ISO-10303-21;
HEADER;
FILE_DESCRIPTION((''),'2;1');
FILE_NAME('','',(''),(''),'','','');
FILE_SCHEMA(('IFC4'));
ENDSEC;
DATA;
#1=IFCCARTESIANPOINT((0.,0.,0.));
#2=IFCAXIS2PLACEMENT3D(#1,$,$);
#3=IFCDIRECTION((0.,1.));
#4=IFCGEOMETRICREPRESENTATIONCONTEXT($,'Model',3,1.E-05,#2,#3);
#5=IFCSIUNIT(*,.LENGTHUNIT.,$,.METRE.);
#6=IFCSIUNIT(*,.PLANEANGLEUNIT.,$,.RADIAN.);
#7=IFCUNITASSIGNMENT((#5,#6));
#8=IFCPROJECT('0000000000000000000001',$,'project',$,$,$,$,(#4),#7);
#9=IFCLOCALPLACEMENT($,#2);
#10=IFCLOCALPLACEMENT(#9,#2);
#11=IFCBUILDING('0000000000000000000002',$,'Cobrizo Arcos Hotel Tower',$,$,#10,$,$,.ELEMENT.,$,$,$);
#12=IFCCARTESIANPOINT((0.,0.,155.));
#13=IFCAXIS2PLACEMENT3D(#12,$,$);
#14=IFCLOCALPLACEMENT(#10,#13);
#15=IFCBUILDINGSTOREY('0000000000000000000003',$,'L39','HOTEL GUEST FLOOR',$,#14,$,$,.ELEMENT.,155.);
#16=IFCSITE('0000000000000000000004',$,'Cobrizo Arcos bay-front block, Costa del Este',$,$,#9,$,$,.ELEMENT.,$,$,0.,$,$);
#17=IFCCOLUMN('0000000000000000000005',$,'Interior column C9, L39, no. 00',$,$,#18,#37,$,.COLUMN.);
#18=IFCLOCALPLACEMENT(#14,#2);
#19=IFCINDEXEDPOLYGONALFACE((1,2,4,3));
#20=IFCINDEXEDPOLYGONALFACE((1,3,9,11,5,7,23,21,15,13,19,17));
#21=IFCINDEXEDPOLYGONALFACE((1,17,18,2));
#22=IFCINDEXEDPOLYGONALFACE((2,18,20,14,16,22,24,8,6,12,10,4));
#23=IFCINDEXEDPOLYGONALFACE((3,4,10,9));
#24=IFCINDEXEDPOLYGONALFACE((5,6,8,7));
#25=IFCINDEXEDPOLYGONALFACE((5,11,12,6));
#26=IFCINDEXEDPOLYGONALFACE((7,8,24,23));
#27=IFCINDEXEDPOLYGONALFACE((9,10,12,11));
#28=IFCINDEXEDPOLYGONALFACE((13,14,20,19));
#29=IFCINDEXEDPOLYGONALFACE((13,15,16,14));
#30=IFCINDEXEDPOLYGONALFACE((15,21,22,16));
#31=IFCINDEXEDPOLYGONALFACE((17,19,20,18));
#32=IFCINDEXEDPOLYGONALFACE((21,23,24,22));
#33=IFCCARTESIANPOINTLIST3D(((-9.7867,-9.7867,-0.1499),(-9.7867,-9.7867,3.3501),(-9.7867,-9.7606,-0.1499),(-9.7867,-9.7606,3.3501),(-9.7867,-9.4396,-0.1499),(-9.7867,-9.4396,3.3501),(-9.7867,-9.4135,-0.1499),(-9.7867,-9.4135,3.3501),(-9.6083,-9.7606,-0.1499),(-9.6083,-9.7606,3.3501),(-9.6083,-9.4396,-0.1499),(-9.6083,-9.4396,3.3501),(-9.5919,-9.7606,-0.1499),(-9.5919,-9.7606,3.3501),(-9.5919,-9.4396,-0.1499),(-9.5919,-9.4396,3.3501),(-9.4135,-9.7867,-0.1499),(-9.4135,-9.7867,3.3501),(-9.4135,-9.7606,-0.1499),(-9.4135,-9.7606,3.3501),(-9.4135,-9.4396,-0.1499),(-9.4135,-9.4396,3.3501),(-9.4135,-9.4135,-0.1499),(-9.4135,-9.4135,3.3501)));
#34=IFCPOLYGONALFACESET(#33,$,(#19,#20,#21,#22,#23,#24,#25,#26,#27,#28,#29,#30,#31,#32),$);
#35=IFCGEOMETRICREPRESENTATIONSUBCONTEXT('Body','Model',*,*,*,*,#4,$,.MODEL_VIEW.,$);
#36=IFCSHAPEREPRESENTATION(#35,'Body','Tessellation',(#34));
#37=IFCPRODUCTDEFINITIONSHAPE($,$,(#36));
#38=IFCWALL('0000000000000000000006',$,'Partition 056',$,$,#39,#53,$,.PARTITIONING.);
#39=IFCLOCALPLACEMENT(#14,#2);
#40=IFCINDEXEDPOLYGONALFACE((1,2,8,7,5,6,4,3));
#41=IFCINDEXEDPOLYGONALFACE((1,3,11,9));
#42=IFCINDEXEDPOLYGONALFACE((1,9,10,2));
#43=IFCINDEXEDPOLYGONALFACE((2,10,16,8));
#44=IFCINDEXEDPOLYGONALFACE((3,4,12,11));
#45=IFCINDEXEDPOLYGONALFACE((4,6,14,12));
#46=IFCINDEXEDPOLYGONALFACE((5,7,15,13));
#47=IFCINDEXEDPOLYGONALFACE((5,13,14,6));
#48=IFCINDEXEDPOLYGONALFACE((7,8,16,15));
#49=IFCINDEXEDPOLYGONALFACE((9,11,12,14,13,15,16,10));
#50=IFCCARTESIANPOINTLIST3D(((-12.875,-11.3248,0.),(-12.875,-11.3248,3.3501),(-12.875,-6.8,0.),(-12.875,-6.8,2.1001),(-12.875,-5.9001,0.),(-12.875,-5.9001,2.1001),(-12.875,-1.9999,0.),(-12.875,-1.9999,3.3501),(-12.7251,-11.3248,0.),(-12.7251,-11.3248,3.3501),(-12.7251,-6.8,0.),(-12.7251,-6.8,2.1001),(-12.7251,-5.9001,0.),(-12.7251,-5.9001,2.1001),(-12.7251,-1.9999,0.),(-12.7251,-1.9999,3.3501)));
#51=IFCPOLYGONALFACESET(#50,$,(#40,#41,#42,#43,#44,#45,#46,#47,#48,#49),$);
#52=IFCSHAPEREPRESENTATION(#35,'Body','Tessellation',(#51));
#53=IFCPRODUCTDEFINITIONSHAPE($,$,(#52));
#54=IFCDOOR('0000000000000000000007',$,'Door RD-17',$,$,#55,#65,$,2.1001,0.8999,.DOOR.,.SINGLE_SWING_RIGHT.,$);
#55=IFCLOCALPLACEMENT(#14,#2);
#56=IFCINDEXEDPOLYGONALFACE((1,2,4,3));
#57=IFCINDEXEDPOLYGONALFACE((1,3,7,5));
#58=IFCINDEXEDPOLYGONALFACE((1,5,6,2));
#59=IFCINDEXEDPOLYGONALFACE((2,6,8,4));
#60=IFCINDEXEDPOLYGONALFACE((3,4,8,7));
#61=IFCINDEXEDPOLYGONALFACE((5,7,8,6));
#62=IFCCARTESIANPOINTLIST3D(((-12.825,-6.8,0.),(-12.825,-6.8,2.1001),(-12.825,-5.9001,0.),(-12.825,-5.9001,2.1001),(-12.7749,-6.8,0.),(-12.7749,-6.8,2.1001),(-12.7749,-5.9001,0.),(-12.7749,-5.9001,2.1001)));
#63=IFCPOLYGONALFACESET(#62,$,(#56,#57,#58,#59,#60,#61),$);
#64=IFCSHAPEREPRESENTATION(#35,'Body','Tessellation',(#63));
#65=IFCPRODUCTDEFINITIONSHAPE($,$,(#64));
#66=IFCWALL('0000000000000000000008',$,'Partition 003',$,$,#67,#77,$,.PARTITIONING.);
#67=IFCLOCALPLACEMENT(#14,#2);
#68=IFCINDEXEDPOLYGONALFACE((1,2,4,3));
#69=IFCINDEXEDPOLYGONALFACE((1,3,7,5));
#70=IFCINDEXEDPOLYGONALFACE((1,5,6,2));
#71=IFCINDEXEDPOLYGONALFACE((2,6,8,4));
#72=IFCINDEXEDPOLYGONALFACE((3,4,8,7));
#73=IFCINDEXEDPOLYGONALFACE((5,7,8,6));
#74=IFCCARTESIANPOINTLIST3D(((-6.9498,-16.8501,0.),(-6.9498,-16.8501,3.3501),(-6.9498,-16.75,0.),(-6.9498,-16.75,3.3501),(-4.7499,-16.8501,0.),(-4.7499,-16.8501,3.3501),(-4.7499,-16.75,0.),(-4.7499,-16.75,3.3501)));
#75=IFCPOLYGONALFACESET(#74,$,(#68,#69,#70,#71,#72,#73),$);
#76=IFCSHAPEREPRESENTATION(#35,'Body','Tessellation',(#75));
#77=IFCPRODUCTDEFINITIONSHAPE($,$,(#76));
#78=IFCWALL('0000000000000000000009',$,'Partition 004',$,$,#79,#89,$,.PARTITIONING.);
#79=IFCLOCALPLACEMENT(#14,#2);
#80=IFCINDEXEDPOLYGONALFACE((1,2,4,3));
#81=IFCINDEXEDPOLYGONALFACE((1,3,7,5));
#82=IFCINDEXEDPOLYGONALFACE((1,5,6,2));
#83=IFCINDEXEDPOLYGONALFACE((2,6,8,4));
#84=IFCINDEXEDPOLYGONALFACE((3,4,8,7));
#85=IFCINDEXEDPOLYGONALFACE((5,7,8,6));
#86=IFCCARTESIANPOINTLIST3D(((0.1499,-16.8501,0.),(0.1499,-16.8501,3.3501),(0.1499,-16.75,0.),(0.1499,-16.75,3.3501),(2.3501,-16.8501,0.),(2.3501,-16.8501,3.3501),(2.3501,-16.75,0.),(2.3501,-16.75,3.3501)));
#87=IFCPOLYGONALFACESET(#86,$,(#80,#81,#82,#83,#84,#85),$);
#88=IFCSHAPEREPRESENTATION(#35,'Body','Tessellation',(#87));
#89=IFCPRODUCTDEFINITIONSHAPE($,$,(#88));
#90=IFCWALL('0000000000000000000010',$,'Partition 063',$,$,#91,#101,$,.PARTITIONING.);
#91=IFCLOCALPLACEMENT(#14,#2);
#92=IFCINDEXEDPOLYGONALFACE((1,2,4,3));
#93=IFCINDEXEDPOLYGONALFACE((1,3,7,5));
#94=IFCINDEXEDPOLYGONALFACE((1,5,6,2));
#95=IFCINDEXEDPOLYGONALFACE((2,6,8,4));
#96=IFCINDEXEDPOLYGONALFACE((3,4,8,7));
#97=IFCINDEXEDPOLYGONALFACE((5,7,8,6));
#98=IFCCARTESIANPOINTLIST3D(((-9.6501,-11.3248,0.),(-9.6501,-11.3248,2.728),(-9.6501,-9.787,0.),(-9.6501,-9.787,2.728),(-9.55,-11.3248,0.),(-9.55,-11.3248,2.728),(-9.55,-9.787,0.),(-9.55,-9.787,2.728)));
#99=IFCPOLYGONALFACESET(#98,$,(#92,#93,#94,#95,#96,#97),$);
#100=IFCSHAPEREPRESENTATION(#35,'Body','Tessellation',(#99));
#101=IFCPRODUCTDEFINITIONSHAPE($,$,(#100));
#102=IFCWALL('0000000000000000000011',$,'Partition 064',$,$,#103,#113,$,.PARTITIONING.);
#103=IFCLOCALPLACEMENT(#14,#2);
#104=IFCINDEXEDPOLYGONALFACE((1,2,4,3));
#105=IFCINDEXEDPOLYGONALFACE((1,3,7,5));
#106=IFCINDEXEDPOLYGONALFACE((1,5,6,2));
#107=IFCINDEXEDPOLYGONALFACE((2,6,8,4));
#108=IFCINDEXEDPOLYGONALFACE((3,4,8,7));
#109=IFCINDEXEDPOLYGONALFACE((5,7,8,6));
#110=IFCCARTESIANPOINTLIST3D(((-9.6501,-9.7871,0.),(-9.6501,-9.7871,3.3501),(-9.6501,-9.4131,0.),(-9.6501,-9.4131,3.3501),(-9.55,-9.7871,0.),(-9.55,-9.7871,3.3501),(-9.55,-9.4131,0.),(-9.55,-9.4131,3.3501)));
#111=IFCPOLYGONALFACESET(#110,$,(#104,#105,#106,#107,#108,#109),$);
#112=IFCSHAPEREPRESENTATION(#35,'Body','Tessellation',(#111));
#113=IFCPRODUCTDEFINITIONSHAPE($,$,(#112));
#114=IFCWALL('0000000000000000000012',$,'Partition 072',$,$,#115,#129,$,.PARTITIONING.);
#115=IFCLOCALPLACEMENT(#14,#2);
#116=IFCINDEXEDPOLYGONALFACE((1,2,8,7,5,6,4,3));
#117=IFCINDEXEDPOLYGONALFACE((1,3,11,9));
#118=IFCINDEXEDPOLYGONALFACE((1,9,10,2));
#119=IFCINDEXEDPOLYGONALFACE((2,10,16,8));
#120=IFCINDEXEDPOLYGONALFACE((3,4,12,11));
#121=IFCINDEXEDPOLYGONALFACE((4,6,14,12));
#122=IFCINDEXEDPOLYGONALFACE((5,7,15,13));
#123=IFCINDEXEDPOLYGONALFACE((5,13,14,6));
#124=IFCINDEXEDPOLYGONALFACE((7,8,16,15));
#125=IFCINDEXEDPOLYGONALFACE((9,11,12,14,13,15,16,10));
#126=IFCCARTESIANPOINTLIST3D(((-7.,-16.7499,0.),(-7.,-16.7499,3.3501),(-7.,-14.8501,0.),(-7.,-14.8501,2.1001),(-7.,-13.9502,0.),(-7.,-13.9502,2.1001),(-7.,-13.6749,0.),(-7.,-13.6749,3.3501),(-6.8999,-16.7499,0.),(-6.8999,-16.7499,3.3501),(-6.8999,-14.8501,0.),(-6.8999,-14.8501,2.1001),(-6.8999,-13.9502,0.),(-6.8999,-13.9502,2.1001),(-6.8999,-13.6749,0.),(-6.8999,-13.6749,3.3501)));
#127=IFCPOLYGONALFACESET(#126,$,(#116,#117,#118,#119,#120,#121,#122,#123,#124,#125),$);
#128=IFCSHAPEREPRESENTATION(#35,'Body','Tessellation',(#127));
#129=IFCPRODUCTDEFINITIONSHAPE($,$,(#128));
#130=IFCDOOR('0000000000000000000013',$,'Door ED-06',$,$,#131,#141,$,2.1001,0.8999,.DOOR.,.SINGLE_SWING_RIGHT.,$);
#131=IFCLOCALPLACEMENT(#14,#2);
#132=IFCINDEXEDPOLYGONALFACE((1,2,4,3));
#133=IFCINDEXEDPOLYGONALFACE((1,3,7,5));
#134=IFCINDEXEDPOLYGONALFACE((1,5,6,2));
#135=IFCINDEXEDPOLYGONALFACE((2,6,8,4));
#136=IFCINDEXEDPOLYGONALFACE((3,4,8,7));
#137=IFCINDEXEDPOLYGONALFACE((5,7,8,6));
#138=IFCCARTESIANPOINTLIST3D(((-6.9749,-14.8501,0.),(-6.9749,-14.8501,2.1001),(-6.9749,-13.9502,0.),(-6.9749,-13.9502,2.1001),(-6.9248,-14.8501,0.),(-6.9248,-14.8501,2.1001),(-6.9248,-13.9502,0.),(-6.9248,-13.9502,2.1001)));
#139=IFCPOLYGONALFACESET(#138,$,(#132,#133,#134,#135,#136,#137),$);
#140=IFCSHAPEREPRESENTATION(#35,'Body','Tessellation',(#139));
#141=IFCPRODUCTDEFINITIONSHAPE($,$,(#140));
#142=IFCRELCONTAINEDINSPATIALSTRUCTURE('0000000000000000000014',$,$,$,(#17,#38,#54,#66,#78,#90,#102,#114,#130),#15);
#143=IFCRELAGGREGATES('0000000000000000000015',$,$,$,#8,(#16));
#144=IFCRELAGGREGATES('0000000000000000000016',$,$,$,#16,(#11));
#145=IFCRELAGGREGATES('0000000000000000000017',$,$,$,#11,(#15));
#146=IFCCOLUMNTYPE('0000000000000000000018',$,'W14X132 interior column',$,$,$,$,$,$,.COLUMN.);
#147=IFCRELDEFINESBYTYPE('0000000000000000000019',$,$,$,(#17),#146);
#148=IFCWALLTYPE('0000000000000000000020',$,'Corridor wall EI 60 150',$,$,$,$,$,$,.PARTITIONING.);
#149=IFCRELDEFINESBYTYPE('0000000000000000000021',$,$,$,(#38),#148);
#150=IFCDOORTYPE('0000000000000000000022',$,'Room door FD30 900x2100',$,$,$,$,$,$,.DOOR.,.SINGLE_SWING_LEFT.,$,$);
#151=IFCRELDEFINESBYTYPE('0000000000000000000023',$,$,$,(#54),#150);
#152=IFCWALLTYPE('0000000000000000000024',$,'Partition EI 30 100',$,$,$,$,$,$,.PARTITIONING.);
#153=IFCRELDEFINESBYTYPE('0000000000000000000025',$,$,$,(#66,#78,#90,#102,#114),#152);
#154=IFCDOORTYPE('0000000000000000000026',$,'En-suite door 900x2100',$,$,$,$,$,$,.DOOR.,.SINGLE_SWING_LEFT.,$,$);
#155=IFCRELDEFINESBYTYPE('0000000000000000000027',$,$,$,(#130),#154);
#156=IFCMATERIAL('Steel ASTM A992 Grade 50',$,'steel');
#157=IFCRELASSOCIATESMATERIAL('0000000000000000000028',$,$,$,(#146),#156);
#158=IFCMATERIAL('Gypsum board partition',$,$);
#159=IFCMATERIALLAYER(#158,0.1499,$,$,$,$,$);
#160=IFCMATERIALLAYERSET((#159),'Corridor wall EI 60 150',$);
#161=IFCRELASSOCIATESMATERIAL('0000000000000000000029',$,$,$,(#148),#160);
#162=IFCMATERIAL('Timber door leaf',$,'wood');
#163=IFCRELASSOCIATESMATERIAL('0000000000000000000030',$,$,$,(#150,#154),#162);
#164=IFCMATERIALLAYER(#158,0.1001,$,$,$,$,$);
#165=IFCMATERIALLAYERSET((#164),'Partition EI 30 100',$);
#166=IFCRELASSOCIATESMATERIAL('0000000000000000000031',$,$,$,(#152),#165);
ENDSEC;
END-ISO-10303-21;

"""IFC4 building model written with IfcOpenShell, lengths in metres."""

from ifc_helpers import new_model, si_unit, direction, frame, frame_2d, origin, origin_2d, place, context, subcontext, project, spatial, rectangle, i_section, extrude, material, layer, layer_set, material_profile, profile_set, type_object, element, fill, save


model = new_model("IFC4")

# Units and contexts
model_context = context("Model", 3, precision=1e-05, world=origin(), true_north=direction((0.0, 1.0)))
body_context = subcontext(model_context, "Body", "Model", "MODEL_VIEW")
ifc_project = project(units=[si_unit("LENGTHUNIT", "METRE"), si_unit("PLANEANGLEUNIT", "RADIAN")], contexts=[model_context])

# Site, building, storey
site_placement = place(None, origin())
site = spatial("IfcSite", under=ifc_project, at=site_placement, Name="Cobrizo Arcos bay-front block, Costa del Este", CompositionType="ELEMENT", RefElevation=0.0)
building_placement = place(site_placement, origin())
building = spatial("IfcBuilding", under=site, at=building_placement, Name="Cobrizo Arcos Hotel Tower", CompositionType="ELEMENT")
storey_placement = place(building_placement, frame((0.0, 0.0, 155.0)))
storey = spatial("IfcBuildingStorey", under=building, at=storey_placement, Name="L39", Description="HOTEL GUEST FLOOR", CompositionType="ELEMENT", Elevation=155.0)

# Column
ifc_material_1 = material(Name="Steel ASTM A992 Grade 50", Category="steel")
ifc_material_profile = material_profile(ifc_material_1, i_section(OverallWidth=0.3733, OverallDepth=0.3733, WebThickness=0.0164, FlangeThickness=0.0261, at=origin_2d()), Name="W14X132")
ifc_profile_set = profile_set([ifc_material_profile], Name="Steel ASTM A992 Grade 50")
column_type = type_object("IfcColumnType", Name="W14X132 interior column", PredefinedType="COLUMN", material=ifc_profile_set)
column_placement = place(storey_placement, frame((-9.6001, -9.6001, -0.1499), z_axis=(0.0, 0.0, 1.0), x_axis=(1.0, 0.0, 0.0)))
element("IfcColumn", 1, at=column_placement, inside=storey, type_object=column_type, Name="Interior column C9, L39, no. 00", PredefinedType="COLUMN", context=body_context, shape_type="SweptSolid", body=[
    extrude(i_section(OverallWidth=0.3733, OverallDepth=0.3733, WebThickness=0.0164, FlangeThickness=0.0261, at=origin_2d()), origin(), (0.0, 0.0, 1.0), 3.5),
])

# Wall, opening, door
ifc_material_2 = material(Name="Gypsum board partition")
ifc_layer_1 = layer(ifc_material_2, 0.1499)
ifc_layer_set_1 = layer_set([ifc_layer_1], Name="Corridor wall EI 60 150")
wall_type_1 = type_object("IfcWallType", Name="Corridor wall EI 60 150", PredefinedType="PARTITIONING", material=ifc_layer_set_1)
wall_1_placement = place(storey_placement, frame((-12.8, -11.325, 0.0), z_axis=(0.0, 0.0, 1.0), x_axis=(0.0, 1.0, 0.0)))
wall_1 = element("IfcWall", 2, at=wall_1_placement, inside=storey, type_object=wall_type_1, Name="Partition 056", PredefinedType="PARTITIONING", context=body_context, shape_type="SweptSolid", body=[
    extrude(rectangle(XDim=9.325, YDim=0.1499, at=frame_2d((4.6626, 0.0))), origin(), (0.0, 0.0, 1.0), 3.3501),
])
opening_1_placement = place(wall_1_placement, frame((4.5249, 0.0, 0.0)))
opening_1 = element("IfcOpeningElement", 3, at=opening_1_placement, cuts=wall_1, PredefinedType="OPENING", context=body_context, shape_type="SweptSolid", body=[
    extrude(rectangle(XDim=0.8999, YDim=2.1001, at=frame_2d((0.45, 1.05))), frame((0.0, 0.0869, 0.0), z_axis=(0.0, -1.0, 0.0), x_axis=(1.0, 0.0, 0.0)), (0.0, 0.0, 1.0), 0.1738),
])
ifc_material_3 = material(Name="Timber door leaf", Category="wood")
door_type_1 = type_object("IfcDoorType", Name="Room door FD30 900x2100", OperationType="SINGLE_SWING_LEFT", PredefinedType="DOOR", material=ifc_material_3)
door_1_placement = place(opening_1_placement, origin())
door_1 = element("IfcDoor", 4, at=door_1_placement, inside=storey, type_object=door_type_1, Name="Door RD-17", OperationType="SINGLE_SWING_RIGHT", OverallHeight=2.1001, OverallWidth=0.8999, PredefinedType="DOOR", context=body_context, shape_type="SweptSolid", body=[
    extrude(rectangle(XDim=0.8999, YDim=2.1001, at=frame_2d((0.45, 1.05))), frame((0.0, 0.0249, 0.0), z_axis=(0.0, -1.0, 0.0), x_axis=(1.0, 0.0, 0.0)), (0.0, 0.0, 1.0), 0.05),
])
fill(opening_1, door_1)

# Walls
ifc_layer_2 = layer(ifc_material_2, 0.1001)
ifc_layer_set_2 = layer_set([ifc_layer_2], Name="Partition EI 30 100")
wall_type_2 = type_object("IfcWallType", Name="Partition EI 30 100", PredefinedType="PARTITIONING", material=ifc_layer_set_2)
wall_2_placement = place(storey_placement, frame((-6.95, -16.8, 0.0), z_axis=(0.0, 0.0, 1.0), x_axis=(1.0, 0.0, 0.0)))
element("IfcWall", 5, at=wall_2_placement, inside=storey, type_object=wall_type_2, Name="Partition 003", PredefinedType="PARTITIONING", context=body_context, shape_type="SweptSolid", body=[
    extrude(rectangle(XDim=2.2, YDim=0.1001, at=frame_2d((1.1001, 0.0))), origin(), (0.0, 0.0, 1.0), 3.3501),
])
wall_3_placement = place(storey_placement, frame((0.1499, -16.8, 0.0), z_axis=(0.0, 0.0, 1.0), x_axis=(1.0, 0.0, 0.0)))
element("IfcWall", 6, at=wall_3_placement, inside=storey, type_object=wall_type_2, Name="Partition 004", PredefinedType="PARTITIONING", context=body_context, shape_type="SweptSolid", body=[
    extrude(rectangle(XDim=2.2002, YDim=0.1001, at=frame_2d((1.1001, 0.0))), origin(), (0.0, 0.0, 1.0), 3.3501),
])
wall_4_placement = place(storey_placement, frame((-9.6001, -11.325, 0.0), z_axis=(0.0, 0.0, 1.0), x_axis=(0.0, 1.0, 0.0)))
element("IfcWall", 7, at=wall_4_placement, inside=storey, type_object=wall_type_2, Name="Partition 063", PredefinedType="PARTITIONING", context=body_context, shape_type="SweptSolid", body=[
    extrude(rectangle(XDim=1.5378, YDim=0.1001, at=frame_2d((0.769, 0.0))), origin(), (0.0, 0.0, 1.0), 2.728),
])
wall_5_placement = place(storey_placement, frame((-9.6001, -9.7871, 0.0), z_axis=(0.0, 0.0, 1.0), x_axis=(0.0, 1.0, 0.0)))
element("IfcWall", 8, at=wall_5_placement, inside=storey, type_object=wall_type_2, Name="Partition 064", PredefinedType="PARTITIONING", context=body_context, shape_type="SweptSolid", body=[
    extrude(rectangle(XDim=0.374, YDim=0.1001, at=frame_2d((0.187, 0.0))), origin(), (0.0, 0.0, 1.0), 3.3501),
])

# Wall, opening, door
wall_6_placement = place(storey_placement, frame((-6.95, -16.75, 0.0), z_axis=(0.0, 0.0, 1.0), x_axis=(0.0, 1.0, 0.0)))
wall_6 = element("IfcWall", 9, at=wall_6_placement, inside=storey, type_object=wall_type_2, Name="Partition 072", PredefinedType="PARTITIONING", context=body_context, shape_type="SweptSolid", body=[
    extrude(rectangle(XDim=3.075, YDim=0.1001, at=frame_2d((1.5376, 0.0))), origin(), (0.0, 0.0, 1.0), 3.3501),
])
opening_2_placement = place(wall_6_placement, frame((1.8999, 0.0, 0.0)))
opening_2 = element("IfcOpeningElement", 10, at=opening_2_placement, cuts=wall_6, PredefinedType="OPENING", context=body_context, shape_type="SweptSolid", body=[
    extrude(rectangle(XDim=0.8999, YDim=2.1001, at=frame_2d((0.45, 1.05))), frame((0.0, 0.062, 0.0), z_axis=(0.0, -1.0, 0.0), x_axis=(1.0, 0.0, 0.0)), (0.0, 0.0, 1.0), 0.124),
])
door_type_2 = type_object("IfcDoorType", Name="En-suite door 900x2100", OperationType="SINGLE_SWING_LEFT", PredefinedType="DOOR", material=ifc_material_3)
door_2_placement = place(opening_2_placement, origin())
door_2 = element("IfcDoor", 11, at=door_2_placement, inside=storey, type_object=door_type_2, Name="Door ED-06", OperationType="SINGLE_SWING_RIGHT", OverallHeight=2.1001, OverallWidth=0.8999, PredefinedType="DOOR", context=body_context, shape_type="SweptSolid", body=[
    extrude(rectangle(XDim=0.8999, YDim=2.1001, at=frame_2d((0.45, 1.05))), frame((0.0, 0.0249, 0.0), z_axis=(0.0, -1.0, 0.0), x_axis=(1.0, 0.0, 0.0)), (0.0, 0.0, 1.0), 0.05),
])
fill(opening_2, door_2)

save(model, "model.ifc")
